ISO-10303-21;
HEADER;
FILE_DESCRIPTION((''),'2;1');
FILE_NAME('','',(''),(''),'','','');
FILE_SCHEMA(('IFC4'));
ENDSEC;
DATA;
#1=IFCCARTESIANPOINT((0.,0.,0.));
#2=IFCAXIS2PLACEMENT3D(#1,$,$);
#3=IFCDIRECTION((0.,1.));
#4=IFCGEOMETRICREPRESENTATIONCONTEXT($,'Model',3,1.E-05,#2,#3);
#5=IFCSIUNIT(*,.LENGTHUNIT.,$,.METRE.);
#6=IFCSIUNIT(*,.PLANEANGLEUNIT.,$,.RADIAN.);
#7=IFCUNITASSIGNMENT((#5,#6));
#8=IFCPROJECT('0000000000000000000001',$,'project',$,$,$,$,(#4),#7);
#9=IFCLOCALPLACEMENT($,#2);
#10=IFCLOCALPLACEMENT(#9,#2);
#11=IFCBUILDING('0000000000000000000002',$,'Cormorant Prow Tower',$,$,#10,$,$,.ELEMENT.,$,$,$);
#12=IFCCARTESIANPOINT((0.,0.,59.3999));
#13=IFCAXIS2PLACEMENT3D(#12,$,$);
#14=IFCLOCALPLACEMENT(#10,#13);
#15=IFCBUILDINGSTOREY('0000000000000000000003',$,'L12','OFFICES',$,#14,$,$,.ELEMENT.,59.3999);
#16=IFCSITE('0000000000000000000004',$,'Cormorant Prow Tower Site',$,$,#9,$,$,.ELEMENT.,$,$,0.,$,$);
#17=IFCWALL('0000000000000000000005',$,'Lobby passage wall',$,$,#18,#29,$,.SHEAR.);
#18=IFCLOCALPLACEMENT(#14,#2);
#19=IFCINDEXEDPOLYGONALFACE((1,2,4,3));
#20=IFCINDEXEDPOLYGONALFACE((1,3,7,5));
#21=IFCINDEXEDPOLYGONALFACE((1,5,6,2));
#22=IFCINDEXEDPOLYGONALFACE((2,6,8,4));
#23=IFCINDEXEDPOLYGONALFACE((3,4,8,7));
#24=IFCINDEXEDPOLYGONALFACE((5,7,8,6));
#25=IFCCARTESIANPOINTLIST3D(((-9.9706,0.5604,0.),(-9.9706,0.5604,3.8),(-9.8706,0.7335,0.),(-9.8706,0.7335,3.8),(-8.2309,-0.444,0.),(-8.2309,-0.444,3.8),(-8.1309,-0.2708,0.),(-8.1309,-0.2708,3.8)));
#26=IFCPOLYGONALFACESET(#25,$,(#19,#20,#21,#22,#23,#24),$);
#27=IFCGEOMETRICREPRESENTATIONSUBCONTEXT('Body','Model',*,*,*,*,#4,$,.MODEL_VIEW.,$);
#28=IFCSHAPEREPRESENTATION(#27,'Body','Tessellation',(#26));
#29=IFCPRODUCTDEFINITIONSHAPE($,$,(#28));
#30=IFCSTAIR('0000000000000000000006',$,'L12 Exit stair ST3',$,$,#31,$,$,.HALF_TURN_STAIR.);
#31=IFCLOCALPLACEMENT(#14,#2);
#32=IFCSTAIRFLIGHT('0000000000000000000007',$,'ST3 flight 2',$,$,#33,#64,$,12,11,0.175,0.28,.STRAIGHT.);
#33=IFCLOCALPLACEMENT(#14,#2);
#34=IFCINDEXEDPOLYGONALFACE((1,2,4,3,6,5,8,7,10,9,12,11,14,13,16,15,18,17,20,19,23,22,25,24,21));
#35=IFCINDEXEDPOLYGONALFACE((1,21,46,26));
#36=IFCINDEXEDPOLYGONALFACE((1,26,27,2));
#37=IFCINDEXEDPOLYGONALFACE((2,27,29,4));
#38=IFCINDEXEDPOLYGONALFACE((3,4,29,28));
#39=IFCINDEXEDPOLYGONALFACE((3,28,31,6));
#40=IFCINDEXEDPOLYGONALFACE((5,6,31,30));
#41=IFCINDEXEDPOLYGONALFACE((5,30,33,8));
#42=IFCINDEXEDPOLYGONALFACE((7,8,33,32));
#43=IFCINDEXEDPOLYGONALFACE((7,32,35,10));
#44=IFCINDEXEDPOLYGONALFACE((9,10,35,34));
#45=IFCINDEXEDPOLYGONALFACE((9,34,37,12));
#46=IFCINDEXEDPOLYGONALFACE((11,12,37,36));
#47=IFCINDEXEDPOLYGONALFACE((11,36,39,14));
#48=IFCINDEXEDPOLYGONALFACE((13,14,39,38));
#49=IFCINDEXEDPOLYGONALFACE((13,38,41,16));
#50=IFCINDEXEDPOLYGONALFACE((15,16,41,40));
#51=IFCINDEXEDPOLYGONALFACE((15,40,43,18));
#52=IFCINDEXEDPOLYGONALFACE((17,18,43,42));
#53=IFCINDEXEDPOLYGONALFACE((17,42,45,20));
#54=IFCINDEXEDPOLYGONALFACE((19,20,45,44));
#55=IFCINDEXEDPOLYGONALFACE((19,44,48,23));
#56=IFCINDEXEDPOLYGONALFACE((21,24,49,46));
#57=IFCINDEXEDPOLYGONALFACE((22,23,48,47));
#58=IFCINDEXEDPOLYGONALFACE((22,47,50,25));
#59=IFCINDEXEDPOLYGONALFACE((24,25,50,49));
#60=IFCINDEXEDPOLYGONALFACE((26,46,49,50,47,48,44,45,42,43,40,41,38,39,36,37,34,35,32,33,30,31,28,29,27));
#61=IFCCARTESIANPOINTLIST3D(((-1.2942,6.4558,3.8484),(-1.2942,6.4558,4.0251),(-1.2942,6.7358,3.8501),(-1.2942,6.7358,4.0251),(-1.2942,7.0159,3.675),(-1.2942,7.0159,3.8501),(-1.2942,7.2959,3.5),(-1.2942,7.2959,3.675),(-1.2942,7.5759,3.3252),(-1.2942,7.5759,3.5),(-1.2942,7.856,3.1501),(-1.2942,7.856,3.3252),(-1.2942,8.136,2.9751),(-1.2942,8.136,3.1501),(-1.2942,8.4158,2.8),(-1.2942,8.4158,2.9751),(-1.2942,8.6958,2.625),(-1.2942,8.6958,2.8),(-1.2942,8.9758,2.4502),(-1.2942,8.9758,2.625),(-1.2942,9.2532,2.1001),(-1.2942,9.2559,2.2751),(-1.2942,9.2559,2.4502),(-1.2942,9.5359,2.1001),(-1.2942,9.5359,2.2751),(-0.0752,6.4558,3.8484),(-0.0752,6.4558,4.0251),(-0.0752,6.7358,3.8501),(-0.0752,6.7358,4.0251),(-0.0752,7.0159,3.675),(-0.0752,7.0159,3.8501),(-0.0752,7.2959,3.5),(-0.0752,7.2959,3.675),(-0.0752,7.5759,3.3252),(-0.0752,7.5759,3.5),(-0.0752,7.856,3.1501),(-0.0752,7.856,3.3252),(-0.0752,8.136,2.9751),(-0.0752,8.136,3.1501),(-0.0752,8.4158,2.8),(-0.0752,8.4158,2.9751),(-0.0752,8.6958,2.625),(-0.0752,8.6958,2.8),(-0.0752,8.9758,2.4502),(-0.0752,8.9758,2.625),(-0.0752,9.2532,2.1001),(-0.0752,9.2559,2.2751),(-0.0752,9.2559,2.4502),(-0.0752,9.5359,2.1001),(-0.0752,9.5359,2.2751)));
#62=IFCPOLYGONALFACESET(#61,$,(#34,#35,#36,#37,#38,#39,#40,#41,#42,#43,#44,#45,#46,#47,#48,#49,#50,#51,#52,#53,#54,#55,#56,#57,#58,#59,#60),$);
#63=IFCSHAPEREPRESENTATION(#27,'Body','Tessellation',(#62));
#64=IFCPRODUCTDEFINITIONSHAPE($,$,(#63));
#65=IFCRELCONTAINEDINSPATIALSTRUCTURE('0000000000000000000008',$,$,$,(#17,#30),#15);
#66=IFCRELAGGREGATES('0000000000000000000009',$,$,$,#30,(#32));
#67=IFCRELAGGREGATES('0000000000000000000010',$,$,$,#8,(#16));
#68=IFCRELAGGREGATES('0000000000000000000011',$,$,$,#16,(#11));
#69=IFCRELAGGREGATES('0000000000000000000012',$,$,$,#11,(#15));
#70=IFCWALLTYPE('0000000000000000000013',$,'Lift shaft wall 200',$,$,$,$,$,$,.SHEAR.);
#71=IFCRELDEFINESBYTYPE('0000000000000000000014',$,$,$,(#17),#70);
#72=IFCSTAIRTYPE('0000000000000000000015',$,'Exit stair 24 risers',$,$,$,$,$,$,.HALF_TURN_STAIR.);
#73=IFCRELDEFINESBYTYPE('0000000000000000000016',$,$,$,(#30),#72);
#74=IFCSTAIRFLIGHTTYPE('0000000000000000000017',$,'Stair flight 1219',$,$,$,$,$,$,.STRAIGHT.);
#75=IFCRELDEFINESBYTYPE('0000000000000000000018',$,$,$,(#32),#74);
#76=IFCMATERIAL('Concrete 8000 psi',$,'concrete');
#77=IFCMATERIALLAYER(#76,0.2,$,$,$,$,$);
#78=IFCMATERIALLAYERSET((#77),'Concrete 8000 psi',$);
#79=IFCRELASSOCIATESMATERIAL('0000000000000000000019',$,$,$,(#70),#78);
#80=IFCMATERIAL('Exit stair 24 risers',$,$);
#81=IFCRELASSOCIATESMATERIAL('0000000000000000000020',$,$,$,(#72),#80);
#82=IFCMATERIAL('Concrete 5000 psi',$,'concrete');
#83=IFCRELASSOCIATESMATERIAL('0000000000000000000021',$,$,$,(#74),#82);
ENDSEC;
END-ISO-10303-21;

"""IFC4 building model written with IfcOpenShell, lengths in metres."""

from ifc_helpers import new_model, si_unit, direction, frame, frame_2d, origin, place, context, subcontext, project, spatial, polyline, rectangle, outline, extrude, material, layer, layer_set, type_object, element, aggregate, save


model = new_model("IFC4")

# Units and contexts
model_context = context("Model", 3, precision=1e-05, world=origin(), true_north=direction((0.0, 1.0)))
body_context = subcontext(model_context, "Body", "Model", "MODEL_VIEW")
ifc_project = project(units=[si_unit("LENGTHUNIT", "METRE"), si_unit("PLANEANGLEUNIT", "RADIAN")], contexts=[model_context])

# Site, building, storey
site_placement = place(None, origin())
site = spatial("IfcSite", under=ifc_project, at=site_placement, Name="Cormorant Prow Tower Site", CompositionType="ELEMENT", RefElevation=0.0)
building_placement = place(site_placement, origin())
building = spatial("IfcBuilding", under=site, at=building_placement, Name="Cormorant Prow Tower", CompositionType="ELEMENT")
storey_placement = place(building_placement, frame((0.0, 0.0, 59.3999)))
storey = spatial("IfcBuildingStorey", under=building, at=storey_placement, Name="L12", Description="OFFICES", CompositionType="ELEMENT", Elevation=59.3999)

# Wall
ifc_material_1 = material(Name="Concrete 8000 psi", Category="concrete")
ifc_layer_1 = layer(ifc_material_1, 0.2)
ifc_layer_set_1 = layer_set([ifc_layer_1], Name="Concrete 8000 psi")
wall_type_1 = type_object("IfcWallType", Name="Lift shaft wall 200", PredefinedType="SHEAR", material=ifc_layer_set_1)
wall_1_placement = place(storey_placement, frame((-8.1809, -0.3574, 0.0), z_axis=(0.0, 0.0, 1.0), x_axis=(-0.866036, 0.499982, 0.0)))
element("IfcWall", 1, at=wall_1_placement, inside=storey, type_object=wall_type_1, Name="Lobby passage wall", PredefinedType="SHEAR", context=body_context, shape_type="SweptSolid", body=[
    extrude(rectangle(XDim=2.0088, YDim=0.2, at=frame_2d((1.0044, 0.0))), origin(), (0.0, 0.0, 1.0), 3.8),
])

# Stair, stair flight
ifc_material_2 = material(Name="Exit stair 24 risers")
stair_type = type_object("IfcStairType", Name="Exit stair 24 risers", PredefinedType="HALF_TURN_STAIR", material=ifc_material_2)
stair_placement = place(storey_placement, origin())
stair = element("IfcStair", 2, at=stair_placement, inside=storey, type_object=stair_type, Name="L12 Exit stair ST3", PredefinedType="HALF_TURN_STAIR")
ifc_material_3 = material(Name="Concrete 5000 psi", Category="concrete")
stair_flight_type = type_object("IfcStairFlightType", Name="Stair flight 1219", PredefinedType="STRAIGHT", material=ifc_material_3)
stair_flight_placement = place(storey_placement, frame((-0.6846, 9.5359, 2.1001), z_axis=(0.0, 0.0, 1.0), x_axis=(0.0, -1.0, 0.0)))
stair_flight = element("IfcStairFlight", 3, at=stair_flight_placement, type_object=stair_flight_type, Name="ST3 flight 2", NumberOfRisers=12, NumberOfTreads=11, PredefinedType="STRAIGHT", RiserHeight=0.175, TreadLength=0.28, context=body_context, shape_type="SweptSolid", body=[
    extrude(outline(polyline([(0.0, 0.0), (0.0, 0.175), (0.28, 0.175), (0.28, 0.3501), (0.5601, 0.3501), (0.5601, 0.5249), (0.8401, 0.5249), (0.8401, 0.7), (1.1201, 0.7), (1.1201, 0.875), (1.3999, 0.875), (1.3999, 1.05), (1.6799, 1.05), (1.6799, 1.2251), (1.96, 1.2251), (1.96, 1.3999), (2.24, 1.3999), (2.24, 1.575), (2.52, 1.575), (2.52, 1.75), (2.8, 1.75), (2.8, 1.925), (3.0801, 1.925), (3.0801, 2.1001), (3.0801, 1.7483), (0.2827, 0.0), (0.0, 0.0)])), frame((0.0, 0.6094, 0.0), z_axis=(0.0, -1.0, 0.0), x_axis=(1.0, 0.0, 0.0)), (0.0, 0.0, 1.0), 1.219),
])
aggregate(stair, [stair_flight])

save(model, "model.ifc")
